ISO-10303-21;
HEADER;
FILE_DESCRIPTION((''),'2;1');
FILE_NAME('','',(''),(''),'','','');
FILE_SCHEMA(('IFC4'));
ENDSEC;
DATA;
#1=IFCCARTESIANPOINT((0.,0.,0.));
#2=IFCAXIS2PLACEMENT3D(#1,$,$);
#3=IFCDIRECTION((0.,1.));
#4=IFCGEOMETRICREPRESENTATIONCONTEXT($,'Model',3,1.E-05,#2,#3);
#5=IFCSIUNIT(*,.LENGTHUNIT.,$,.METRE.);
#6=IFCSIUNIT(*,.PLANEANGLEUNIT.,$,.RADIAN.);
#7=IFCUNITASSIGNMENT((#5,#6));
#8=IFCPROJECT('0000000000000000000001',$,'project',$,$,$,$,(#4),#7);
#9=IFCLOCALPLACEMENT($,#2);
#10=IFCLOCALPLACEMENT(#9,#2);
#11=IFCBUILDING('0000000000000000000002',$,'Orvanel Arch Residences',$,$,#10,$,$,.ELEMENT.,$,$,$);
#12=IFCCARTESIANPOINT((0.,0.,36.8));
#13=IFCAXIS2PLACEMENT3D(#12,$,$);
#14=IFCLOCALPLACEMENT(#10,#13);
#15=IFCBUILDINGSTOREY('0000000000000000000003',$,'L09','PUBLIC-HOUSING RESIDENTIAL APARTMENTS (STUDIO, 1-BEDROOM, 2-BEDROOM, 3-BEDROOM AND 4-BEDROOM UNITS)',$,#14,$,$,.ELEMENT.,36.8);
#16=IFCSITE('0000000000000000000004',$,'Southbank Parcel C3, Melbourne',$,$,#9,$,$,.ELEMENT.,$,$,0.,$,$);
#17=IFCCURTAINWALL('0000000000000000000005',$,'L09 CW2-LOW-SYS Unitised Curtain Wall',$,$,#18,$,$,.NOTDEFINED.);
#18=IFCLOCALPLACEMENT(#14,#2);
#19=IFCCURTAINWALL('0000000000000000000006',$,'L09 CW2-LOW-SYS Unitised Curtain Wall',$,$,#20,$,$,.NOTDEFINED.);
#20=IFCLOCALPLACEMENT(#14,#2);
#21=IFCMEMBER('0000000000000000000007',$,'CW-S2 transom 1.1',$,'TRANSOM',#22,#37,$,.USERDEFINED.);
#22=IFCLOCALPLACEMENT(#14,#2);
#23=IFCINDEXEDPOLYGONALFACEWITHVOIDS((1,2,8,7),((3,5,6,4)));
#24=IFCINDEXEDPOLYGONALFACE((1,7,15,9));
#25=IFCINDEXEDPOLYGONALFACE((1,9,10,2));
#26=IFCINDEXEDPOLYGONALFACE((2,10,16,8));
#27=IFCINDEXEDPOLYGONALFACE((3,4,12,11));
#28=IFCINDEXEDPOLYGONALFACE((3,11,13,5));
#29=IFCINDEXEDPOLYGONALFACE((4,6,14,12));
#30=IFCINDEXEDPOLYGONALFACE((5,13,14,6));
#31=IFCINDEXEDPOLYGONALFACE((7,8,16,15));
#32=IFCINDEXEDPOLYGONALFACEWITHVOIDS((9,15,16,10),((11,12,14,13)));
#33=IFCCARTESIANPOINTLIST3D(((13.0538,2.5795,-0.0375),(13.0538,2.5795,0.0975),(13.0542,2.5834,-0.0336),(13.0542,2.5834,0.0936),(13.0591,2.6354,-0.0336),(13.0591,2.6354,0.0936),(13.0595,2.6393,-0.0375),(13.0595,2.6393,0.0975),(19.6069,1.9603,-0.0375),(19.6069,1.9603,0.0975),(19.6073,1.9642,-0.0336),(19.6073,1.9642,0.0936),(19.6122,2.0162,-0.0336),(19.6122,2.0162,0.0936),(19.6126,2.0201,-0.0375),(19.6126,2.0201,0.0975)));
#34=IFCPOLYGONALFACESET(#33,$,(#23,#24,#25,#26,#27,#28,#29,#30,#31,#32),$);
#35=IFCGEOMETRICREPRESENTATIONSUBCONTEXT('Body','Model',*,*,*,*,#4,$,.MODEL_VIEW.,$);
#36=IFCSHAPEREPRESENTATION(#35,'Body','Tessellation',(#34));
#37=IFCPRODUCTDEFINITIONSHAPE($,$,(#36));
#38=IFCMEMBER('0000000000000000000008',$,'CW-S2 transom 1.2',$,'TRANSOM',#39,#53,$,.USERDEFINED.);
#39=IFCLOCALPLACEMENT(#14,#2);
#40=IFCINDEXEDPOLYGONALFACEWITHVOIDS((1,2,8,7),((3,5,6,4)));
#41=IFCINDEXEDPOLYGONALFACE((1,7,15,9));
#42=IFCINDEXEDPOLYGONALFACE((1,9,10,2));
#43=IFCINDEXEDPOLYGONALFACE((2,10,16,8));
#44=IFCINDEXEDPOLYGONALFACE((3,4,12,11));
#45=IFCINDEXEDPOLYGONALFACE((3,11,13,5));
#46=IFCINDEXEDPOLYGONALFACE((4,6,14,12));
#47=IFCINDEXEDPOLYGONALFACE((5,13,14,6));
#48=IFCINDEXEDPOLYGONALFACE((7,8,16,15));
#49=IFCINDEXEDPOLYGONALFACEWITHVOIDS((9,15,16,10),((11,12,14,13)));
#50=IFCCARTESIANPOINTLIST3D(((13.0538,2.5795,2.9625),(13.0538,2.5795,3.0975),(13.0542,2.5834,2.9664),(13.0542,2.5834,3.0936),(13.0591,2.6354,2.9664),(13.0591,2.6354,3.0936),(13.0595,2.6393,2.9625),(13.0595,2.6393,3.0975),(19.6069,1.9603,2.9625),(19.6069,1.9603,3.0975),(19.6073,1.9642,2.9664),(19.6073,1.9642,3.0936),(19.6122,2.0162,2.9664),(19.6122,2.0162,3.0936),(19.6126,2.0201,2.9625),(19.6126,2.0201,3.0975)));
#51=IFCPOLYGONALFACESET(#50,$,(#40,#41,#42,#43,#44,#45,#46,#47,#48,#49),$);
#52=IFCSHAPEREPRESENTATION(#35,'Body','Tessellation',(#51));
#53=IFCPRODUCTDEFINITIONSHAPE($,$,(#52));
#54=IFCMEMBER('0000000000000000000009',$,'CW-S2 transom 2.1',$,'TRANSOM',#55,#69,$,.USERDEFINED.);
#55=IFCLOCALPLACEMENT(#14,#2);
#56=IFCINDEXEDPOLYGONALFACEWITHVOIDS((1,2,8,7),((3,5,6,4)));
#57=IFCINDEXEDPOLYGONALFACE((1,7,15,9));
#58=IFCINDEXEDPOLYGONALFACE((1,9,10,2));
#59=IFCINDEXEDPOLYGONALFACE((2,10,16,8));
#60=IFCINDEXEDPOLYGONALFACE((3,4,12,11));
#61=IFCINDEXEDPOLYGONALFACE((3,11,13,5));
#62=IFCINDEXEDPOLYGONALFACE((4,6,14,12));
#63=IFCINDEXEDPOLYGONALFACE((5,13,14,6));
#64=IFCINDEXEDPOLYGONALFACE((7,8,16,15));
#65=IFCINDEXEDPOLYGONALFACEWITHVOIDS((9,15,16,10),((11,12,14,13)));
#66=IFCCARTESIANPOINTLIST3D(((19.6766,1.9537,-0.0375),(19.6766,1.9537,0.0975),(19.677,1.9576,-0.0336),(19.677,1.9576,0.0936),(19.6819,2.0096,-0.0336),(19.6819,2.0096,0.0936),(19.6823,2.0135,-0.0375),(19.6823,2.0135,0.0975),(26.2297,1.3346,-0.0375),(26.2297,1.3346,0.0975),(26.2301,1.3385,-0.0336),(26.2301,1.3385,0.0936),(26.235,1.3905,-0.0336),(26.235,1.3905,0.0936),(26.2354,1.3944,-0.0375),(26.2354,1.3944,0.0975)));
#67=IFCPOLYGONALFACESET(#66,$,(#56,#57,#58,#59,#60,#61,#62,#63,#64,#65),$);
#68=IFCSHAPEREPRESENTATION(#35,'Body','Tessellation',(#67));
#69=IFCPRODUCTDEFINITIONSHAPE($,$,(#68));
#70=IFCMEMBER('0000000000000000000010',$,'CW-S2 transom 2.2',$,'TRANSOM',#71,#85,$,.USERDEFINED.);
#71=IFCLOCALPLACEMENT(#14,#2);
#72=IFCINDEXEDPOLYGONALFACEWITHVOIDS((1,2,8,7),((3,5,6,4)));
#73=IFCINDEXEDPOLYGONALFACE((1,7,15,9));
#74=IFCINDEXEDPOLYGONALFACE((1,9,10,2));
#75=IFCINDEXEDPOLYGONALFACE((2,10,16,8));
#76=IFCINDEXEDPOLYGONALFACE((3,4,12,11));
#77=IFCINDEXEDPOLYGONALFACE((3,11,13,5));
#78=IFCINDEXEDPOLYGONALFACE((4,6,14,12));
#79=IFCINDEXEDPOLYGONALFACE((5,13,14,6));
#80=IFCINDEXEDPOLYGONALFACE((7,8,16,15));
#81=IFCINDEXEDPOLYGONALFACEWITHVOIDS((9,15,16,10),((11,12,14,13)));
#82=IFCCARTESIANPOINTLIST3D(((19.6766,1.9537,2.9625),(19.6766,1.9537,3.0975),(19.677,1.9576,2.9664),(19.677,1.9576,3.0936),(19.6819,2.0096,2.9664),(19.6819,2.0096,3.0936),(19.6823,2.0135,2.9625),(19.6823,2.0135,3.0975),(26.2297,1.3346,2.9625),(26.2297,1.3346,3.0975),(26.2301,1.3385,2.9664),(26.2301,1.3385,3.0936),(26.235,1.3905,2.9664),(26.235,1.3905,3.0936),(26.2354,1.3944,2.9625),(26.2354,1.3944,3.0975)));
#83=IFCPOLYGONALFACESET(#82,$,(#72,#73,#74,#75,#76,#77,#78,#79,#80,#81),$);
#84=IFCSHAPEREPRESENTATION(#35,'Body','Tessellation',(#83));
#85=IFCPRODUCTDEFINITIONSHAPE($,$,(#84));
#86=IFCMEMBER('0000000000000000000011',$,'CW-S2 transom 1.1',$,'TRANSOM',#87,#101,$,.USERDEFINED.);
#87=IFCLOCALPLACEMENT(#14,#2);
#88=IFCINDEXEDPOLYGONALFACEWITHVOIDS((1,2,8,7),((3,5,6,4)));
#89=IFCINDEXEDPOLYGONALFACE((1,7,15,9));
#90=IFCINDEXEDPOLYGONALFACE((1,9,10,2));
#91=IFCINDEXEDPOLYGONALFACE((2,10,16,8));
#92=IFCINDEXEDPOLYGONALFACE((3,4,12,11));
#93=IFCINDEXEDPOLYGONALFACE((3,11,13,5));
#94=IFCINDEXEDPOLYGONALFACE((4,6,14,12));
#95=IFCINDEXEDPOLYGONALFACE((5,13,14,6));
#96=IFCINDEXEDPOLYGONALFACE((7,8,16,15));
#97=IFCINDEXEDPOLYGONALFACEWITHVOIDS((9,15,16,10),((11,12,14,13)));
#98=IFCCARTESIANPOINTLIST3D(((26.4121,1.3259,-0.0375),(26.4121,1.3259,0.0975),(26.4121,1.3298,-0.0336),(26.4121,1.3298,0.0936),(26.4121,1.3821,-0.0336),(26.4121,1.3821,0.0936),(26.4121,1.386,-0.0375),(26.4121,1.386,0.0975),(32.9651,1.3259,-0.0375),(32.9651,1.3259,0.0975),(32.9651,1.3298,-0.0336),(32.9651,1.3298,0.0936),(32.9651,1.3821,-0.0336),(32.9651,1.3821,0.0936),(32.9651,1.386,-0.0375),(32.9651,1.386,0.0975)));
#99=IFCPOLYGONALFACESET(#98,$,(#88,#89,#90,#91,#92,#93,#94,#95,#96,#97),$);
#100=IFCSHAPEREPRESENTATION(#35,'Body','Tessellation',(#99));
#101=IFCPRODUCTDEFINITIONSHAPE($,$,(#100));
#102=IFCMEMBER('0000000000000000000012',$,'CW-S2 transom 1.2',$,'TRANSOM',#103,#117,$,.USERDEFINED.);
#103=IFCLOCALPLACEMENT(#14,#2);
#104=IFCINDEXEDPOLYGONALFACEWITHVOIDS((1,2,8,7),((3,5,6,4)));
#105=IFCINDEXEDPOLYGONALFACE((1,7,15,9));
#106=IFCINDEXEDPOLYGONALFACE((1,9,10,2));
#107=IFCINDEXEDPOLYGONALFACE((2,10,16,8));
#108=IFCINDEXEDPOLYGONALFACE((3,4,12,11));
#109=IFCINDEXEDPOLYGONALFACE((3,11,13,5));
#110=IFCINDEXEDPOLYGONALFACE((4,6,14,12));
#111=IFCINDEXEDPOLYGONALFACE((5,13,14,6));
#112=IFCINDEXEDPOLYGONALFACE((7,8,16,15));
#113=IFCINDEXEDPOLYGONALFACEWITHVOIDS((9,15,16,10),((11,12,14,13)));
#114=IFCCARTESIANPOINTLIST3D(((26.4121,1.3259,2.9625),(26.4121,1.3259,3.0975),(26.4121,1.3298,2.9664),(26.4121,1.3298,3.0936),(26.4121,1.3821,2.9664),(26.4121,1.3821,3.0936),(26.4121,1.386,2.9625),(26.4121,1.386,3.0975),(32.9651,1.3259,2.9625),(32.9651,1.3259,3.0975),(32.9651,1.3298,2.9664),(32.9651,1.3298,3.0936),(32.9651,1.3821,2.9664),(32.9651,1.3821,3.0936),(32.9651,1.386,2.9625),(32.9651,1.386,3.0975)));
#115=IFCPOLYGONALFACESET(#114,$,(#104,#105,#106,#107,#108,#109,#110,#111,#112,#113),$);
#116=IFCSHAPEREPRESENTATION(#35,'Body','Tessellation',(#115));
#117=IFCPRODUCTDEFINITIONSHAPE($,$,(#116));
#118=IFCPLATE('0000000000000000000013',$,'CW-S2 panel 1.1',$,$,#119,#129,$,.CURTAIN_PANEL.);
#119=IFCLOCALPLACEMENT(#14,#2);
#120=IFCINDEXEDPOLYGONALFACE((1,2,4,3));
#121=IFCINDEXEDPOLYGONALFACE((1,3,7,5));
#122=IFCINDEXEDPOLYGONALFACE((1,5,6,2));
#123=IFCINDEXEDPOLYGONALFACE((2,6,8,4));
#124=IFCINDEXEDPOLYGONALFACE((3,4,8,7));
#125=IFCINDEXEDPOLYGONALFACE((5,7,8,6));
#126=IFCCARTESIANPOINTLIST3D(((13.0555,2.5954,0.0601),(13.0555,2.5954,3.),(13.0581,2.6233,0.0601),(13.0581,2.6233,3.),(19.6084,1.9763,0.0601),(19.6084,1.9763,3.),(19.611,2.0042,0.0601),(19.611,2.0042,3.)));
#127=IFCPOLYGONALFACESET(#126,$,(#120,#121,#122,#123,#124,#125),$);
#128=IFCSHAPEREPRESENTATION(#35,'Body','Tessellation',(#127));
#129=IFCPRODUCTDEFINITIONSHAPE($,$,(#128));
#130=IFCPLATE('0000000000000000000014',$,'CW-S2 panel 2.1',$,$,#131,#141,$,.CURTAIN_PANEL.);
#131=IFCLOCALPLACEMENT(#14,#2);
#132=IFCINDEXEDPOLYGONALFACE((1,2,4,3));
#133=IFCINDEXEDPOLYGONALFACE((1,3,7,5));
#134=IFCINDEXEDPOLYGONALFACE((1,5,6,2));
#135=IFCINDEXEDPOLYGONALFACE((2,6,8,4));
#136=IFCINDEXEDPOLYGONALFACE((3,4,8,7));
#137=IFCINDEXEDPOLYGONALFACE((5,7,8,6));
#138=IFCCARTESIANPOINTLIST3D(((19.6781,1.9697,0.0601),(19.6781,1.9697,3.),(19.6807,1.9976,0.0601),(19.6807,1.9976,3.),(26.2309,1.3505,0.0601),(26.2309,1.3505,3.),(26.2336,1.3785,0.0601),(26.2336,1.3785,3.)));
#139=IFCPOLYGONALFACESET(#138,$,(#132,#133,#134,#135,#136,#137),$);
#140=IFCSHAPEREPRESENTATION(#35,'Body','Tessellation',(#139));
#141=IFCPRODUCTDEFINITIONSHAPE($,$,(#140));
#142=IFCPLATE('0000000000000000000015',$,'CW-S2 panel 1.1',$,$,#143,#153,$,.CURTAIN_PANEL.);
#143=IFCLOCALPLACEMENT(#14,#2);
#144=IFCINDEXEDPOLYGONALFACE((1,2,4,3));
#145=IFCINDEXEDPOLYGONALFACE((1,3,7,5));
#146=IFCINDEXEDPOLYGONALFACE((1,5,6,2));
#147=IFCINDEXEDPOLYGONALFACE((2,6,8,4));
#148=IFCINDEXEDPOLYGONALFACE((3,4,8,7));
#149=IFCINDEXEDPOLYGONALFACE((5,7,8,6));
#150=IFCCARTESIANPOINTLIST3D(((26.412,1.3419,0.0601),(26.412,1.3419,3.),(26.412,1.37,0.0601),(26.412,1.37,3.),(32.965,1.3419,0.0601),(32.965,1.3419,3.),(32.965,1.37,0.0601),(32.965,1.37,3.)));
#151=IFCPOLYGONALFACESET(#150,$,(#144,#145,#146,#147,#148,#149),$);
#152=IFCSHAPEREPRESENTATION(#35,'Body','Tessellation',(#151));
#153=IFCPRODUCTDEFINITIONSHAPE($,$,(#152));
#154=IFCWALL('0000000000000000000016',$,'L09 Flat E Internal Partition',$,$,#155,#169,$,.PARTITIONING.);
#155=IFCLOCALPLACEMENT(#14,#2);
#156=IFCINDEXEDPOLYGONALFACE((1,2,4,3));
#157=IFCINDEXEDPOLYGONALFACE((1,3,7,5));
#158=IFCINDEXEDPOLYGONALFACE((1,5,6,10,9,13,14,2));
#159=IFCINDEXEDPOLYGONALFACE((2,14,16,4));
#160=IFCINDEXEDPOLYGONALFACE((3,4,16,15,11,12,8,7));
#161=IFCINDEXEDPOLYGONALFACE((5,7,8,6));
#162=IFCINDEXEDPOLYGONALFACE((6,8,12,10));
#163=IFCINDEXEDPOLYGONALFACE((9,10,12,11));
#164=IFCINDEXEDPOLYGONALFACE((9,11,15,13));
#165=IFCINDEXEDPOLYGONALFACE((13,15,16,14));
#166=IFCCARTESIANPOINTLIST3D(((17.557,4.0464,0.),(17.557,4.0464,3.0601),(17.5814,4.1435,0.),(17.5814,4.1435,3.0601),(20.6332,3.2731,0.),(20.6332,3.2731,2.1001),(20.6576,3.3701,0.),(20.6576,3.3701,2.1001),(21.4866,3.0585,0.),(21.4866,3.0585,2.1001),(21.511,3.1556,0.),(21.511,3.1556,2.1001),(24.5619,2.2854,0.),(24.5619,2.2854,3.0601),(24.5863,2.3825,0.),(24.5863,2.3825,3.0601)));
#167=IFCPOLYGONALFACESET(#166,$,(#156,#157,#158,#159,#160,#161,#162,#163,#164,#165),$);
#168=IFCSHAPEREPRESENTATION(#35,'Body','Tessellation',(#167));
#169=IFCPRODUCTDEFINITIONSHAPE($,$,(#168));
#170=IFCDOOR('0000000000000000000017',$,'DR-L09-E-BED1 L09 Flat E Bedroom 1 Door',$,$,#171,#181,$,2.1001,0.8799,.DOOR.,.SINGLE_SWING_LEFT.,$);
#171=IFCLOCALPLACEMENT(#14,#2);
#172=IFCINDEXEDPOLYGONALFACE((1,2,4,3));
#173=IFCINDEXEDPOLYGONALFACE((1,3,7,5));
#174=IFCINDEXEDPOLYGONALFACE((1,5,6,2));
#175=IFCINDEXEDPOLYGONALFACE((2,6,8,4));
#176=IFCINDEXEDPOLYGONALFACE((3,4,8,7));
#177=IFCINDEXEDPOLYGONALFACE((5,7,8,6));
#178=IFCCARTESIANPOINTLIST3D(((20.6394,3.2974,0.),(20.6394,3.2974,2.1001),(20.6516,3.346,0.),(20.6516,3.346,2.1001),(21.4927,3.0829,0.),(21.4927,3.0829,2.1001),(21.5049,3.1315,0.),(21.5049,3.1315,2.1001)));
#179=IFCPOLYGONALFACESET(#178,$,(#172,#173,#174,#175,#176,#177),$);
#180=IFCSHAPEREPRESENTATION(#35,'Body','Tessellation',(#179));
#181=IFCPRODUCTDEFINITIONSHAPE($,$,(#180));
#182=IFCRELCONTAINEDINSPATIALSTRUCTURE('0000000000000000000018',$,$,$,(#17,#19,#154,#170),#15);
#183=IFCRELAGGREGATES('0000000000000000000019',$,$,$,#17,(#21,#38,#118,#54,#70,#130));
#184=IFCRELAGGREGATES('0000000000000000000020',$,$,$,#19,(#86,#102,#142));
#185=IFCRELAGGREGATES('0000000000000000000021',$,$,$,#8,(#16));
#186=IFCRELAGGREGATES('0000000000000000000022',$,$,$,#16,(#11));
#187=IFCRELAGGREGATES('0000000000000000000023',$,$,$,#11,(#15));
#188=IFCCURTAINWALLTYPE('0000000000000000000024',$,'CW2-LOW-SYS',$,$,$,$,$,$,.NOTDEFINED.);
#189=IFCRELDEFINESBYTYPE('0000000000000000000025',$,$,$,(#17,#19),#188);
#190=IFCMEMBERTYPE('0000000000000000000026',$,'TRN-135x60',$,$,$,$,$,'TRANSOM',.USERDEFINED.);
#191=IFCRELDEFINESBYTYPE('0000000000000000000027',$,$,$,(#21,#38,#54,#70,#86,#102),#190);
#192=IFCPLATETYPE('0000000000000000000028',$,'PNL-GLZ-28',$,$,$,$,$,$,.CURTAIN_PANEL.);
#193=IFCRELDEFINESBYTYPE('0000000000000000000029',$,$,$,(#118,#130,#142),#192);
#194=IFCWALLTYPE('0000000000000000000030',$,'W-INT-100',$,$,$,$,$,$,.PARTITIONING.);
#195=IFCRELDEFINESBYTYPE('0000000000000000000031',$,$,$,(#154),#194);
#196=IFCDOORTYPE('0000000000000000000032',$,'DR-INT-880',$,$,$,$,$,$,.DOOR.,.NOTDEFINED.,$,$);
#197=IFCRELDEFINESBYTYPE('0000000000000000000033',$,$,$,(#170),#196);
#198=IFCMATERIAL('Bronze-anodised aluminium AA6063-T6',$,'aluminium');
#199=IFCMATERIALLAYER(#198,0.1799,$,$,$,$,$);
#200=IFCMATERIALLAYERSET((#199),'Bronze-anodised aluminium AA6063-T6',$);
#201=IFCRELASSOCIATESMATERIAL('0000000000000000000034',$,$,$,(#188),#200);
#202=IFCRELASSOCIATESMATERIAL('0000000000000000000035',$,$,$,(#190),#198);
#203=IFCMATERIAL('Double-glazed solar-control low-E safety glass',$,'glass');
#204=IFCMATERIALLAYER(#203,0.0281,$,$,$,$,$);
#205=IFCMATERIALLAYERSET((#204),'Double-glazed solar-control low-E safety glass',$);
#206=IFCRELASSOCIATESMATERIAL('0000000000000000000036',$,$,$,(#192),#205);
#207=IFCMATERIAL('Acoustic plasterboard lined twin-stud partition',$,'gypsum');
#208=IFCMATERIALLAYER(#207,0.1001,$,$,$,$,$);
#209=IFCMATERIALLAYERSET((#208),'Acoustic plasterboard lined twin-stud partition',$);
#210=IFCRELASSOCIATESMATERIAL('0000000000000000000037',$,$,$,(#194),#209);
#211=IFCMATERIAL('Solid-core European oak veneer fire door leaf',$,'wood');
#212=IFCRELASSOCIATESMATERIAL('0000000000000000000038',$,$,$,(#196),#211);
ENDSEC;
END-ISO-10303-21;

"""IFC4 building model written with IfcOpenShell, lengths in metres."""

from ifc_helpers import new_model, si_unit, direction, frame, frame_2d, origin, origin_2d, place, context, subcontext, project, spatial, rectangle, hollow_rectangle, extrude, material, layer, layer_set, material_profile, profile_set, type_object, element, fill, aggregate, save


model = new_model("IFC4")

# Units and contexts
model_context = context("Model", 3, precision=1e-05, world=origin(), true_north=direction((0.0, 1.0)))
body_context = subcontext(model_context, "Body", "Model", "MODEL_VIEW")
ifc_project = project(units=[si_unit("LENGTHUNIT", "METRE"), si_unit("PLANEANGLEUNIT", "RADIAN")], contexts=[model_context])

# Site, building, storey
site_placement = place(None, origin())
site = spatial("IfcSite", under=ifc_project, at=site_placement, Name="Southbank Parcel C3, Melbourne", CompositionType="ELEMENT", RefElevation=0.0)
building_placement = place(site_placement, origin())
building = spatial("IfcBuilding", under=site, at=building_placement, Name="Orvanel Arch Residences", CompositionType="ELEMENT")
storey_placement = place(building_placement, frame((0.0, 0.0, 36.8)))
storey = spatial("IfcBuildingStorey", under=building, at=storey_placement, Name="L09", Description="PUBLIC-HOUSING RESIDENTIAL APARTMENTS (STUDIO, 1-BEDROOM, 2-BEDROOM, 3-BEDROOM AND 4-BEDROOM UNITS)", CompositionType="ELEMENT", Elevation=36.8)

# Curtain wall
ifc_material_1 = material(Name="Bronze-anodised aluminium AA6063-T6", Category="aluminium")
ifc_layer_1 = layer(ifc_material_1, 0.1799)
ifc_layer_set_1 = layer_set([ifc_layer_1], Name="Bronze-anodised aluminium AA6063-T6")
curtain_wall_type = type_object("IfcCurtainWallType", Name="CW2-LOW-SYS", PredefinedType="NOTDEFINED", material=ifc_layer_set_1)
curtain_wall_1_placement = place(storey_placement, origin())
curtain_wall_1 = element("IfcCurtainWall", 1, at=curtain_wall_1_placement, inside=storey, type_object=curtain_wall_type, Name="L09 CW2-LOW-SYS Unitised Curtain Wall", PredefinedType="NOTDEFINED")

# Curtain wall
curtain_wall_2_placement = place(storey_placement, origin())
curtain_wall_2 = element("IfcCurtainWall", 2, at=curtain_wall_2_placement, inside=storey, type_object=curtain_wall_type, Name="L09 CW2-LOW-SYS Unitised Curtain Wall", PredefinedType="NOTDEFINED")

# Members
ifc_material_profile_1 = material_profile(ifc_material_1, hollow_rectangle(XDim=0.0601, YDim=0.135, WallThickness=0.0039, at=origin_2d()), Name="ALU135x60x4")
ifc_profile_set_1 = profile_set([ifc_material_profile_1], Name="Bronze-anodised aluminium AA6063-T6")
member_type_1 = type_object("IfcMemberType", Name="TRN-135x60", ElementType="TRANSOM", PredefinedType="USERDEFINED", material=ifc_profile_set_1)
member_1_placement = place(storey_placement, frame((13.0566, 2.6094, 0.03), z_axis=(0.995566, -0.094063, 0.0), x_axis=(0.094063, 0.995566, 0.0)))
member_1 = element("IfcMember", 3, at=member_1_placement, type_object=member_type_1, Name="CW-S2 transom 1.1", ObjectType="TRANSOM", PredefinedType="USERDEFINED", context=body_context, shape_type="SweptSolid", body=[
    extrude(hollow_rectangle(XDim=0.0601, YDim=0.135, WallThickness=0.0039, at=origin_2d()), origin(), (0.0, 0.0, 1.0), 6.5823),
])
member_2_placement = place(storey_placement, frame((13.0566, 2.6094, 3.03), z_axis=(0.995566, -0.094063, 0.0), x_axis=(0.094063, 0.995566, 0.0)))
member_2 = element("IfcMember", 4, at=member_2_placement, type_object=member_type_1, Name="CW-S2 transom 1.2", ObjectType="TRANSOM", PredefinedType="USERDEFINED", context=body_context, shape_type="SweptSolid", body=[
    extrude(hollow_rectangle(XDim=0.0601, YDim=0.135, WallThickness=0.0039, at=origin_2d()), origin(), (0.0, 0.0, 1.0), 6.5823),
])
member_3_placement = place(storey_placement, frame((19.6794, 1.9836, 0.03), z_axis=(0.995566, -0.094063, 0.0), x_axis=(0.094063, 0.995566, 0.0)))
member_3 = element("IfcMember", 5, at=member_3_placement, type_object=member_type_1, Name="CW-S2 transom 2.1", ObjectType="TRANSOM", PredefinedType="USERDEFINED", context=body_context, shape_type="SweptSolid", body=[
    extrude(hollow_rectangle(XDim=0.0601, YDim=0.135, WallThickness=0.0039, at=origin_2d()), origin(), (0.0, 0.0, 1.0), 6.5823),
])
member_4_placement = place(storey_placement, frame((19.6794, 1.9836, 3.03), z_axis=(0.995566, -0.094063, 0.0), x_axis=(0.094063, 0.995566, 0.0)))
member_4 = element("IfcMember", 6, at=member_4_placement, type_object=member_type_1, Name="CW-S2 transom 2.2", ObjectType="TRANSOM", PredefinedType="USERDEFINED", context=body_context, shape_type="SweptSolid", body=[
    extrude(hollow_rectangle(XDim=0.0601, YDim=0.135, WallThickness=0.0039, at=origin_2d()), origin(), (0.0, 0.0, 1.0), 6.5823),
])
member_5_placement = place(storey_placement, frame((26.4121, 1.356, 0.03), z_axis=(1.0, 0.0, 0.0), x_axis=(0.0, 1.0, 0.0)))
member_5 = element("IfcMember", 7, at=member_5_placement, type_object=member_type_1, Name="CW-S2 transom 1.1", ObjectType="TRANSOM", PredefinedType="USERDEFINED", context=body_context, shape_type="SweptSolid", body=[
    extrude(hollow_rectangle(XDim=0.0601, YDim=0.135, WallThickness=0.0039, at=origin_2d()), origin(), (0.0, 0.0, 1.0), 6.553),
])
member_6_placement = place(storey_placement, frame((26.4121, 1.356, 3.03), z_axis=(1.0, 0.0, 0.0), x_axis=(0.0, 1.0, 0.0)))
member_6 = element("IfcMember", 8, at=member_6_placement, type_object=member_type_1, Name="CW-S2 transom 1.2", ObjectType="TRANSOM", PredefinedType="USERDEFINED", context=body_context, shape_type="SweptSolid", body=[
    extrude(hollow_rectangle(XDim=0.0601, YDim=0.135, WallThickness=0.0039, at=origin_2d()), origin(), (0.0, 0.0, 1.0), 6.553),
])

# Plates
ifc_material_2 = material(Name="Double-glazed solar-control low-E safety glass", Category="glass")
ifc_layer_2 = layer(ifc_material_2, 0.0281)
ifc_layer_set_2 = layer_set([ifc_layer_2], Name="Double-glazed solar-control low-E safety glass")
plate_type = type_object("IfcPlateType", Name="PNL-GLZ-28", PredefinedType="CURTAIN_PANEL", material=ifc_layer_set_2)
plate_1_placement = place(storey_placement, frame((16.3333, 2.2998, 0.0601), z_axis=(0.0, 0.0, 1.0), x_axis=(0.995566, -0.094061, 0.0)))
plate_1 = element("IfcPlate", 9, at=plate_1_placement, type_object=plate_type, Name="CW-S2 panel 1.1", PredefinedType="CURTAIN_PANEL", context=body_context, shape_type="SweptSolid", body=[
    extrude(rectangle(XDim=6.582, YDim=0.0281, at=origin_2d()), origin(), (0.0, 0.0, 1.0), 2.9399),
])
plate_2_placement = place(storey_placement, frame((22.9558, 1.6741, 0.0601), z_axis=(0.0, 0.0, 1.0), x_axis=(0.995566, -0.094061, 0.0)))
plate_2 = element("IfcPlate", 10, at=plate_2_placement, type_object=plate_type, Name="CW-S2 panel 2.1", PredefinedType="CURTAIN_PANEL", context=body_context, shape_type="SweptSolid", body=[
    extrude(rectangle(XDim=6.582, YDim=0.0281, at=origin_2d()), origin(), (0.0, 0.0, 1.0), 2.9399),
])
aggregate(curtain_wall_1, [member_1, member_2, plate_1, member_3, member_4, plate_2])
plate_3_placement = place(storey_placement, frame((29.6885, 1.356, 0.0601), z_axis=(0.0, 0.0, 1.0), x_axis=(1.0, 0.0, 0.0)))
plate_3 = element("IfcPlate", 11, at=plate_3_placement, type_object=plate_type, Name="CW-S2 panel 1.1", PredefinedType="CURTAIN_PANEL", context=body_context, shape_type="SweptSolid", body=[
    extrude(rectangle(XDim=6.553, YDim=0.0281, at=origin_2d()), origin(), (0.0, 0.0, 1.0), 2.9399),
])
aggregate(curtain_wall_2, [member_5, member_6, plate_3])

# Wall, opening, door
ifc_material_3 = material(Name="Acoustic plasterboard lined twin-stud partition", Category="gypsum")
ifc_layer_3 = layer(ifc_material_3, 0.1001)
ifc_layer_set_3 = layer_set([ifc_layer_3], Name="Acoustic plasterboard lined twin-stud partition")
wall_type_1 = type_object("IfcWallType", Name="W-INT-100", PredefinedType="PARTITIONING", material=ifc_layer_set_3)
wall_1_placement = place(storey_placement, frame((24.574, 2.334, 0.0), z_axis=(0.0, 0.0, 1.0), x_axis=(-0.969824, 0.243808, 0.0)))
wall_1 = element("IfcWall", 12, at=wall_1_placement, inside=storey, type_object=wall_type_1, Name="L09 Flat E Internal Partition", PredefinedType="PARTITIONING", context=body_context, shape_type="SweptSolid", body=[
    extrude(rectangle(XDim=7.2229, YDim=0.1001, at=frame_2d((3.6113, 0.0))), origin(), (0.0, 0.0, 1.0), 3.0601),
])
opening_placement = place(wall_1_placement, frame((3.1709, 0.0, 0.0)))
opening = element("IfcOpeningElement", 13, at=opening_placement, cuts=wall_1, PredefinedType="OPENING", context=body_context, shape_type="SweptSolid", body=[
    extrude(rectangle(XDim=0.8799, YDim=2.1001, at=frame_2d((0.4399, 1.05))), frame((0.0, 0.0601, 0.0), z_axis=(0.0, -1.0, 0.0), x_axis=(1.0, 0.0, 0.0)), (0.0, 0.0, 1.0), 0.1201),
])
ifc_material_4 = material(Name="Solid-core European oak veneer fire door leaf", Category="wood")
door_type = type_object("IfcDoorType", Name="DR-INT-880", OperationType="NOTDEFINED", PredefinedType="DOOR", material=ifc_material_4)
door_placement = place(opening_placement, origin())
door = element("IfcDoor", 14, at=door_placement, inside=storey, type_object=door_type, Name="DR-L09-E-BED1 L09 Flat E Bedroom 1 Door", OperationType="SINGLE_SWING_LEFT", OverallHeight=2.1001, OverallWidth=0.8799, PredefinedType="DOOR", context=body_context, shape_type="SweptSolid", body=[
    extrude(rectangle(XDim=0.8799, YDim=2.1001, at=frame_2d((0.4399, 1.05))), frame((0.0, 0.0249, 0.0), z_axis=(0.0, -1.0, 0.0), x_axis=(1.0, 0.0, 0.0)), (0.0, 0.0, 1.0), 0.05),
])
fill(opening, door)

save(model, "model.ifc")
